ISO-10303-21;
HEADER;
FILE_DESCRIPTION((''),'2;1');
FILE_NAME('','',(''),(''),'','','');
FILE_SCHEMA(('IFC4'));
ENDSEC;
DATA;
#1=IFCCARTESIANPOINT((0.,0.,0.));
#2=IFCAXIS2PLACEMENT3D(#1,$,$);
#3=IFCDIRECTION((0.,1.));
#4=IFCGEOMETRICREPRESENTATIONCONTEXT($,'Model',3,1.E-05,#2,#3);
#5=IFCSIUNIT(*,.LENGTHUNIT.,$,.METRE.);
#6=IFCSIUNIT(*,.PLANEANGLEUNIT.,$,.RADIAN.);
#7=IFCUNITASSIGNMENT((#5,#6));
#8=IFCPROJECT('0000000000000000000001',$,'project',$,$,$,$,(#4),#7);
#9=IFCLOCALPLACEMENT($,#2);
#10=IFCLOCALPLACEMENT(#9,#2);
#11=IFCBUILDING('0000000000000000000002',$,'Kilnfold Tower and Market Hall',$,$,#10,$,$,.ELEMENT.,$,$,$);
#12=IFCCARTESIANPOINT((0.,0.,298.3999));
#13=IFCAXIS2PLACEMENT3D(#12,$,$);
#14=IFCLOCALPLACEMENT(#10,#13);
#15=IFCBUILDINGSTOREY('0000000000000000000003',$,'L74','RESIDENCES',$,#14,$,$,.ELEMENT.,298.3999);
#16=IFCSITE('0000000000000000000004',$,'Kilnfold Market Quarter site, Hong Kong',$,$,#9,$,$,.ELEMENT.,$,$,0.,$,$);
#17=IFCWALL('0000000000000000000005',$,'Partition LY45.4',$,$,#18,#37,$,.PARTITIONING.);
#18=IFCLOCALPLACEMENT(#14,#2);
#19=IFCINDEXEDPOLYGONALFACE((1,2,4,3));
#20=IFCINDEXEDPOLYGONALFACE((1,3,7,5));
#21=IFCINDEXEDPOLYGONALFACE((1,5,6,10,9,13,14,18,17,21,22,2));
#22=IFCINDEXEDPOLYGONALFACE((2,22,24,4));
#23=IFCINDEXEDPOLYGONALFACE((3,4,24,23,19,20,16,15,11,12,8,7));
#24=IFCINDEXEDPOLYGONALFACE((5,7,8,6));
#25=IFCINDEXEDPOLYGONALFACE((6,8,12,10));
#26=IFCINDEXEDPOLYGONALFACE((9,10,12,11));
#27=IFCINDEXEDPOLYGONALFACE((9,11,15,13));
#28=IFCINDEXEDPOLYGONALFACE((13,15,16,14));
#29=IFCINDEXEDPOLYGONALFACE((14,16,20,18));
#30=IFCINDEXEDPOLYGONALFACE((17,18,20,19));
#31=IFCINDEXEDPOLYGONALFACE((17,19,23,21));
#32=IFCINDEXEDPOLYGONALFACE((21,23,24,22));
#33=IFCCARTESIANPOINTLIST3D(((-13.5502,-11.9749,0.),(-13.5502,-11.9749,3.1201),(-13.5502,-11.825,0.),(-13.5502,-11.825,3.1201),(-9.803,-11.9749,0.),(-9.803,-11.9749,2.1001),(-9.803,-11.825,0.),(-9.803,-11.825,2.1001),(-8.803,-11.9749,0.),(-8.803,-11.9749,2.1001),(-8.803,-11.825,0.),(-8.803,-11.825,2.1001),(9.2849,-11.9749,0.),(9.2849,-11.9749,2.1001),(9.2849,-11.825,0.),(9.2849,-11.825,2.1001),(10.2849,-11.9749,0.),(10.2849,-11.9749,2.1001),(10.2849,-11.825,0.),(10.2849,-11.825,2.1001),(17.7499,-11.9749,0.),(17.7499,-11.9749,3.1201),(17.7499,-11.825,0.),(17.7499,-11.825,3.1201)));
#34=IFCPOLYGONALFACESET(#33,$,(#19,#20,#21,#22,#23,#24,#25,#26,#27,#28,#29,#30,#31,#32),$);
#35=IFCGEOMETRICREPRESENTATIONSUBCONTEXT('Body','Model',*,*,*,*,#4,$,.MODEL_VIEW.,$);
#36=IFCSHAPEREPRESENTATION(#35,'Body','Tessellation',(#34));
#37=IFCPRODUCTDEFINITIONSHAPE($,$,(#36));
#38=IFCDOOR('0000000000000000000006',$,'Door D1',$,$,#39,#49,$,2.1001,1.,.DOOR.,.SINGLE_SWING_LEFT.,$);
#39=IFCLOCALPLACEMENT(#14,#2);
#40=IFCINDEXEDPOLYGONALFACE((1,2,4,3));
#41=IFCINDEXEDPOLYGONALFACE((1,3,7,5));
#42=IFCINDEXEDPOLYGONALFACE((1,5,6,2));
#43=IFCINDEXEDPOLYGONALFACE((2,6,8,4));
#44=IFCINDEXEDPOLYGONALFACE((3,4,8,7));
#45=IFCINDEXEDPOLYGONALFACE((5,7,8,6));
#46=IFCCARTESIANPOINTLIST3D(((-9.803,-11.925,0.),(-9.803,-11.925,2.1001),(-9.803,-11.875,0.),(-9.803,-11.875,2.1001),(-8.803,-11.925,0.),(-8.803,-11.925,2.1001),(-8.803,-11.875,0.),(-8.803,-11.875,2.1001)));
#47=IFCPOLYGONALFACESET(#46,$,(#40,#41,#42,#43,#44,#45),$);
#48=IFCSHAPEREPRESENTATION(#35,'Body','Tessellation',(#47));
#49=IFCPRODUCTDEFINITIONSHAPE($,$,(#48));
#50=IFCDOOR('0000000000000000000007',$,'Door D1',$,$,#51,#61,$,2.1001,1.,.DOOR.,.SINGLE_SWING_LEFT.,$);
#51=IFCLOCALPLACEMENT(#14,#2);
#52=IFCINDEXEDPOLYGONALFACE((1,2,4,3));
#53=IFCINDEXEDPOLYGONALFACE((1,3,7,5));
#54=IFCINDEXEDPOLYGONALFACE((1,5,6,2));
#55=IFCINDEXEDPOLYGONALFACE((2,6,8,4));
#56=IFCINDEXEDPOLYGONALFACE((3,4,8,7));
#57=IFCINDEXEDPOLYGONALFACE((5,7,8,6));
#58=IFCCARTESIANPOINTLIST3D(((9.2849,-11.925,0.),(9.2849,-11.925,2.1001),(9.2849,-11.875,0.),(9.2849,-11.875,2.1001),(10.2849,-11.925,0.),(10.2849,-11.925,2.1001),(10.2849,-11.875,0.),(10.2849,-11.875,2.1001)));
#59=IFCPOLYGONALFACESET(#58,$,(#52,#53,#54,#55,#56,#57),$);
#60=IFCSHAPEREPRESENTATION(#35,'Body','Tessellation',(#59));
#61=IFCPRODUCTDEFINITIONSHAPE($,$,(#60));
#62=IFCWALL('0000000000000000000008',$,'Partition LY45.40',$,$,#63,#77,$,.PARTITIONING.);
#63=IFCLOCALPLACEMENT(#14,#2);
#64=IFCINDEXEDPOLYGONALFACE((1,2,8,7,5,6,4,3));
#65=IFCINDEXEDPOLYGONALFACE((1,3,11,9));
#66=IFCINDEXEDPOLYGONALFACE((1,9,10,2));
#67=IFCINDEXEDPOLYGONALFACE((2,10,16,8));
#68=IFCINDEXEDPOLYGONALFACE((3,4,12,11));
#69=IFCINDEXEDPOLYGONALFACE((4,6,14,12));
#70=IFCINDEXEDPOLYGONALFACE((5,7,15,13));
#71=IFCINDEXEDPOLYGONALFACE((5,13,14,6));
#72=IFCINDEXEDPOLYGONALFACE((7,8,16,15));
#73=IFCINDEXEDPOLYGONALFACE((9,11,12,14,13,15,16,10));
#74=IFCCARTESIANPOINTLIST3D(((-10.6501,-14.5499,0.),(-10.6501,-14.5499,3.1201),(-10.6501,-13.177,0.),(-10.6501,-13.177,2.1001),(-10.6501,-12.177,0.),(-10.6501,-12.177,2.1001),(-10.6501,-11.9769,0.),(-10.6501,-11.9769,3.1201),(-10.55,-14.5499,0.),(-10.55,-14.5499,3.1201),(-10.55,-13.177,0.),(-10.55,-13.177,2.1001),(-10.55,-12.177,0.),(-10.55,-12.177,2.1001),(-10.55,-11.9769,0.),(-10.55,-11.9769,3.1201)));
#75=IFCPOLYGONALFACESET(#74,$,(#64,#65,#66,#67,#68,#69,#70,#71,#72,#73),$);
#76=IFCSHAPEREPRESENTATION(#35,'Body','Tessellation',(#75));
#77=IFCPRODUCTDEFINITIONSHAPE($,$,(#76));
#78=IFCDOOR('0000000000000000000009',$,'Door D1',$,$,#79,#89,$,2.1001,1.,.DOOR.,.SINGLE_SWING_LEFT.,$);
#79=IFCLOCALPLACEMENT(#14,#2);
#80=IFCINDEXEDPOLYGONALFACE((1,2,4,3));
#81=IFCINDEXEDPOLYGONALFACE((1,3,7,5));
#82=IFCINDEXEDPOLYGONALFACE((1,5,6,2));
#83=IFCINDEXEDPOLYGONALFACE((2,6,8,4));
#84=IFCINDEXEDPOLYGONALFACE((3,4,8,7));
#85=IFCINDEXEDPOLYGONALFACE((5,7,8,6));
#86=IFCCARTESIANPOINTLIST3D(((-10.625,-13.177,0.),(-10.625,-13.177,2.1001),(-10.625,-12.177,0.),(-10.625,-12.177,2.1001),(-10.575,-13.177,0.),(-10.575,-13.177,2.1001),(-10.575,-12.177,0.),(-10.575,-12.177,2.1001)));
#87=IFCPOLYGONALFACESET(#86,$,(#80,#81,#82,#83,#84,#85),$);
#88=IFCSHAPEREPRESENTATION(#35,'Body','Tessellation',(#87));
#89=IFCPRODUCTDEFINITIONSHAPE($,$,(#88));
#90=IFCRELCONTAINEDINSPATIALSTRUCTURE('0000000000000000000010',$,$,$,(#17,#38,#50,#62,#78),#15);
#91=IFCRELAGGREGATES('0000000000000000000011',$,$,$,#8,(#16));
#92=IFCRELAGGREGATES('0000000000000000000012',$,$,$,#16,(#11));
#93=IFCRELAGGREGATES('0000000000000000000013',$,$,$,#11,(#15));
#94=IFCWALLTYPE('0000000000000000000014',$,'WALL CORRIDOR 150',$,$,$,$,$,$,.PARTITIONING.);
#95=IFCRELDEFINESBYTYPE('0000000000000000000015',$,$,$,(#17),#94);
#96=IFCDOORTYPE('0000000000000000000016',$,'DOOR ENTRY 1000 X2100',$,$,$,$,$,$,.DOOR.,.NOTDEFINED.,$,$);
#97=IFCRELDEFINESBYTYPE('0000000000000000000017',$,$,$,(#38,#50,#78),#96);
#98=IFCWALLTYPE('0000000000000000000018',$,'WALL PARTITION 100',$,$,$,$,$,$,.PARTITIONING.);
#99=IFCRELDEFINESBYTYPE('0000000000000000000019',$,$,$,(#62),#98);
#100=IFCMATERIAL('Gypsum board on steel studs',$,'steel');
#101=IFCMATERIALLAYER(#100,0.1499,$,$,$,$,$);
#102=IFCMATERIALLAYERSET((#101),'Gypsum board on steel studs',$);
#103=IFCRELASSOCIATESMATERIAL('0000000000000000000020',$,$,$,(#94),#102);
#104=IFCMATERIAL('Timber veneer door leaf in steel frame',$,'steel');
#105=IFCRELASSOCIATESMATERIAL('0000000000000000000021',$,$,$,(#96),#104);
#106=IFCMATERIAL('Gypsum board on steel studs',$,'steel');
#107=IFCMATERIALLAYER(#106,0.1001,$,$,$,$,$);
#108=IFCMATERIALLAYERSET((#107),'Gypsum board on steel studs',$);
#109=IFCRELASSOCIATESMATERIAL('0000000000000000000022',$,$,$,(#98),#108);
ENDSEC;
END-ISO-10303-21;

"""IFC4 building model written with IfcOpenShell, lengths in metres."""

from ifc_helpers import new_model, si_unit, direction, frame, frame_2d, origin, place, context, subcontext, project, spatial, rectangle, extrude, material, layer, layer_set, type_object, element, fill, save


model = new_model("IFC4")

# Units and contexts
model_context = context("Model", 3, precision=1e-05, world=origin(), true_north=direction((0.0, 1.0)))
body_context = subcontext(model_context, "Body", "Model", "MODEL_VIEW")
ifc_project = project(units=[si_unit("LENGTHUNIT", "METRE"), si_unit("PLANEANGLEUNIT", "RADIAN")], contexts=[model_context])

# Site, building, storey
site_placement = place(None, origin())
site = spatial("IfcSite", under=ifc_project, at=site_placement, Name="Kilnfold Market Quarter site, Hong Kong", CompositionType="ELEMENT", RefElevation=0.0)
building_placement = place(site_placement, origin())
building = spatial("IfcBuilding", under=site, at=building_placement, Name="Kilnfold Tower and Market Hall", CompositionType="ELEMENT")
storey_placement = place(building_placement, frame((0.0, 0.0, 298.3999)))
storey = spatial("IfcBuildingStorey", under=building, at=storey_placement, Name="L74", Description="RESIDENCES", CompositionType="ELEMENT", Elevation=298.3999)

# Wall, openings, doors
ifc_material_1 = material(Name="Gypsum board on steel studs", Category="steel")
ifc_layer_1 = layer(ifc_material_1, 0.1499)
ifc_layer_set_1 = layer_set([ifc_layer_1], Name="Gypsum board on steel studs")
wall_type_1 = type_object("IfcWallType", Name="WALL CORRIDOR 150", PredefinedType="PARTITIONING", material=ifc_layer_set_1)
wall_1_placement = place(storey_placement, frame((-13.55, -11.8999, 0.0), z_axis=(0.0, 0.0, 1.0), x_axis=(1.0, 0.0, 0.0)))
wall_1 = element("IfcWall", 1, at=wall_1_placement, inside=storey, type_object=wall_type_1, Name="Partition LY45.4", PredefinedType="PARTITIONING", context=body_context, shape_type="SweptSolid", body=[
    extrude(rectangle(XDim=31.3, YDim=0.1499, at=frame_2d((15.6499, 0.0))), origin(), (0.0, 0.0, 1.0), 3.1201),
])
opening_1_placement = place(wall_1_placement, frame((3.7471, 0.0, 0.0)))
opening_1 = element("IfcOpeningElement", 2, at=opening_1_placement, cuts=wall_1, PredefinedType="OPENING", context=body_context, shape_type="SweptSolid", body=[
    extrude(rectangle(XDim=1.0, YDim=2.1001, at=frame_2d((0.5, 1.05))), frame((0.0, 0.085, 0.0), z_axis=(0.0, -1.0, 0.0), x_axis=(1.0, 0.0, 0.0)), (0.0, 0.0, 1.0), 0.1699),
])
opening_2_placement = place(wall_1_placement, frame((22.835, 0.0, 0.0)))
opening_2 = element("IfcOpeningElement", 3, at=opening_2_placement, cuts=wall_1, PredefinedType="OPENING", context=body_context, shape_type="SweptSolid", body=[
    extrude(rectangle(XDim=1.0, YDim=2.1001, at=frame_2d((0.5, 1.05))), frame((0.0, 0.085, 0.0), z_axis=(0.0, -1.0, 0.0), x_axis=(1.0, 0.0, 0.0)), (0.0, 0.0, 1.0), 0.1699),
])
ifc_material_2 = material(Name="Timber veneer door leaf in steel frame", Category="steel")
door_type_1 = type_object("IfcDoorType", Name="DOOR ENTRY 1000 X2100", OperationType="NOTDEFINED", PredefinedType="DOOR", material=ifc_material_2)
door_1_placement = place(opening_1_placement, origin())
door_1 = element("IfcDoor", 4, at=door_1_placement, inside=storey, type_object=door_type_1, Name="Door D1", OperationType="SINGLE_SWING_LEFT", OverallHeight=2.1001, OverallWidth=1.0, PredefinedType="DOOR", context=body_context, shape_type="SweptSolid", body=[
    extrude(rectangle(XDim=1.0, YDim=2.1001, at=frame_2d((0.5, 1.05))), frame((0.0, 0.0249, 0.0), z_axis=(0.0, -1.0, 0.0), x_axis=(1.0, 0.0, 0.0)), (0.0, 0.0, 1.0), 0.05),
])
fill(opening_1, door_1)
door_2_placement = place(opening_2_placement, origin())
door_2 = element("IfcDoor", 5, at=door_2_placement, inside=storey, type_object=door_type_1, Name="Door D1", OperationType="SINGLE_SWING_LEFT", OverallHeight=2.1001, OverallWidth=1.0, PredefinedType="DOOR", context=body_context, shape_type="SweptSolid", body=[
    extrude(rectangle(XDim=1.0, YDim=2.1001, at=frame_2d((0.5, 1.05))), frame((0.0, 0.0249, 0.0), z_axis=(0.0, -1.0, 0.0), x_axis=(1.0, 0.0, 0.0)), (0.0, 0.0, 1.0), 0.05),
])
fill(opening_2, door_2)

# Wall, opening, door
ifc_material_3 = material(Name="Gypsum board on steel studs", Category="steel")
ifc_layer_2 = layer(ifc_material_3, 0.1001)
ifc_layer_set_2 = layer_set([ifc_layer_2], Name="Gypsum board on steel studs")
wall_type_2 = type_object("IfcWallType", Name="WALL PARTITION 100", PredefinedType="PARTITIONING", material=ifc_layer_set_2)
wall_2_placement = place(storey_placement, frame((-10.6001, -14.55, 0.0), z_axis=(0.0, 0.0, 1.0), x_axis=(0.0, 1.0, 0.0)))
wall_2 = element("IfcWall", 6, at=wall_2_placement, inside=storey, type_object=wall_type_2, Name="Partition LY45.40", PredefinedType="PARTITIONING", context=body_context, shape_type="SweptSolid", body=[
    extrude(rectangle(XDim=2.573, YDim=0.1001, at=frame_2d((1.2866, 0.0))), origin(), (0.0, 0.0, 1.0), 3.1201),
])
opening_3_placement = place(wall_2_placement, frame((1.373, 0.0, 0.0)))
opening_3 = element("IfcOpeningElement", 7, at=opening_3_placement, cuts=wall_2, PredefinedType="OPENING", context=body_context, shape_type="SweptSolid", body=[
    extrude(rectangle(XDim=1.0, YDim=2.1001, at=frame_2d((0.5, 1.05))), frame((0.0, 0.0601, 0.0), z_axis=(0.0, -1.0, 0.0), x_axis=(1.0, 0.0, 0.0)), (0.0, 0.0, 1.0), 0.1201),
])
door_3_placement = place(opening_3_placement, origin())
door_3 = element("IfcDoor", 8, at=door_3_placement, inside=storey, type_object=door_type_1, Name="Door D1", OperationType="SINGLE_SWING_LEFT", OverallHeight=2.1001, OverallWidth=1.0, PredefinedType="DOOR", context=body_context, shape_type="SweptSolid", body=[
    extrude(rectangle(XDim=1.0, YDim=2.1001, at=frame_2d((0.5, 1.05))), frame((0.0, 0.0249, 0.0), z_axis=(0.0, -1.0, 0.0), x_axis=(1.0, 0.0, 0.0)), (0.0, 0.0, 1.0), 0.05),
])
fill(opening_3, door_3)

save(model, "model.ifc")
